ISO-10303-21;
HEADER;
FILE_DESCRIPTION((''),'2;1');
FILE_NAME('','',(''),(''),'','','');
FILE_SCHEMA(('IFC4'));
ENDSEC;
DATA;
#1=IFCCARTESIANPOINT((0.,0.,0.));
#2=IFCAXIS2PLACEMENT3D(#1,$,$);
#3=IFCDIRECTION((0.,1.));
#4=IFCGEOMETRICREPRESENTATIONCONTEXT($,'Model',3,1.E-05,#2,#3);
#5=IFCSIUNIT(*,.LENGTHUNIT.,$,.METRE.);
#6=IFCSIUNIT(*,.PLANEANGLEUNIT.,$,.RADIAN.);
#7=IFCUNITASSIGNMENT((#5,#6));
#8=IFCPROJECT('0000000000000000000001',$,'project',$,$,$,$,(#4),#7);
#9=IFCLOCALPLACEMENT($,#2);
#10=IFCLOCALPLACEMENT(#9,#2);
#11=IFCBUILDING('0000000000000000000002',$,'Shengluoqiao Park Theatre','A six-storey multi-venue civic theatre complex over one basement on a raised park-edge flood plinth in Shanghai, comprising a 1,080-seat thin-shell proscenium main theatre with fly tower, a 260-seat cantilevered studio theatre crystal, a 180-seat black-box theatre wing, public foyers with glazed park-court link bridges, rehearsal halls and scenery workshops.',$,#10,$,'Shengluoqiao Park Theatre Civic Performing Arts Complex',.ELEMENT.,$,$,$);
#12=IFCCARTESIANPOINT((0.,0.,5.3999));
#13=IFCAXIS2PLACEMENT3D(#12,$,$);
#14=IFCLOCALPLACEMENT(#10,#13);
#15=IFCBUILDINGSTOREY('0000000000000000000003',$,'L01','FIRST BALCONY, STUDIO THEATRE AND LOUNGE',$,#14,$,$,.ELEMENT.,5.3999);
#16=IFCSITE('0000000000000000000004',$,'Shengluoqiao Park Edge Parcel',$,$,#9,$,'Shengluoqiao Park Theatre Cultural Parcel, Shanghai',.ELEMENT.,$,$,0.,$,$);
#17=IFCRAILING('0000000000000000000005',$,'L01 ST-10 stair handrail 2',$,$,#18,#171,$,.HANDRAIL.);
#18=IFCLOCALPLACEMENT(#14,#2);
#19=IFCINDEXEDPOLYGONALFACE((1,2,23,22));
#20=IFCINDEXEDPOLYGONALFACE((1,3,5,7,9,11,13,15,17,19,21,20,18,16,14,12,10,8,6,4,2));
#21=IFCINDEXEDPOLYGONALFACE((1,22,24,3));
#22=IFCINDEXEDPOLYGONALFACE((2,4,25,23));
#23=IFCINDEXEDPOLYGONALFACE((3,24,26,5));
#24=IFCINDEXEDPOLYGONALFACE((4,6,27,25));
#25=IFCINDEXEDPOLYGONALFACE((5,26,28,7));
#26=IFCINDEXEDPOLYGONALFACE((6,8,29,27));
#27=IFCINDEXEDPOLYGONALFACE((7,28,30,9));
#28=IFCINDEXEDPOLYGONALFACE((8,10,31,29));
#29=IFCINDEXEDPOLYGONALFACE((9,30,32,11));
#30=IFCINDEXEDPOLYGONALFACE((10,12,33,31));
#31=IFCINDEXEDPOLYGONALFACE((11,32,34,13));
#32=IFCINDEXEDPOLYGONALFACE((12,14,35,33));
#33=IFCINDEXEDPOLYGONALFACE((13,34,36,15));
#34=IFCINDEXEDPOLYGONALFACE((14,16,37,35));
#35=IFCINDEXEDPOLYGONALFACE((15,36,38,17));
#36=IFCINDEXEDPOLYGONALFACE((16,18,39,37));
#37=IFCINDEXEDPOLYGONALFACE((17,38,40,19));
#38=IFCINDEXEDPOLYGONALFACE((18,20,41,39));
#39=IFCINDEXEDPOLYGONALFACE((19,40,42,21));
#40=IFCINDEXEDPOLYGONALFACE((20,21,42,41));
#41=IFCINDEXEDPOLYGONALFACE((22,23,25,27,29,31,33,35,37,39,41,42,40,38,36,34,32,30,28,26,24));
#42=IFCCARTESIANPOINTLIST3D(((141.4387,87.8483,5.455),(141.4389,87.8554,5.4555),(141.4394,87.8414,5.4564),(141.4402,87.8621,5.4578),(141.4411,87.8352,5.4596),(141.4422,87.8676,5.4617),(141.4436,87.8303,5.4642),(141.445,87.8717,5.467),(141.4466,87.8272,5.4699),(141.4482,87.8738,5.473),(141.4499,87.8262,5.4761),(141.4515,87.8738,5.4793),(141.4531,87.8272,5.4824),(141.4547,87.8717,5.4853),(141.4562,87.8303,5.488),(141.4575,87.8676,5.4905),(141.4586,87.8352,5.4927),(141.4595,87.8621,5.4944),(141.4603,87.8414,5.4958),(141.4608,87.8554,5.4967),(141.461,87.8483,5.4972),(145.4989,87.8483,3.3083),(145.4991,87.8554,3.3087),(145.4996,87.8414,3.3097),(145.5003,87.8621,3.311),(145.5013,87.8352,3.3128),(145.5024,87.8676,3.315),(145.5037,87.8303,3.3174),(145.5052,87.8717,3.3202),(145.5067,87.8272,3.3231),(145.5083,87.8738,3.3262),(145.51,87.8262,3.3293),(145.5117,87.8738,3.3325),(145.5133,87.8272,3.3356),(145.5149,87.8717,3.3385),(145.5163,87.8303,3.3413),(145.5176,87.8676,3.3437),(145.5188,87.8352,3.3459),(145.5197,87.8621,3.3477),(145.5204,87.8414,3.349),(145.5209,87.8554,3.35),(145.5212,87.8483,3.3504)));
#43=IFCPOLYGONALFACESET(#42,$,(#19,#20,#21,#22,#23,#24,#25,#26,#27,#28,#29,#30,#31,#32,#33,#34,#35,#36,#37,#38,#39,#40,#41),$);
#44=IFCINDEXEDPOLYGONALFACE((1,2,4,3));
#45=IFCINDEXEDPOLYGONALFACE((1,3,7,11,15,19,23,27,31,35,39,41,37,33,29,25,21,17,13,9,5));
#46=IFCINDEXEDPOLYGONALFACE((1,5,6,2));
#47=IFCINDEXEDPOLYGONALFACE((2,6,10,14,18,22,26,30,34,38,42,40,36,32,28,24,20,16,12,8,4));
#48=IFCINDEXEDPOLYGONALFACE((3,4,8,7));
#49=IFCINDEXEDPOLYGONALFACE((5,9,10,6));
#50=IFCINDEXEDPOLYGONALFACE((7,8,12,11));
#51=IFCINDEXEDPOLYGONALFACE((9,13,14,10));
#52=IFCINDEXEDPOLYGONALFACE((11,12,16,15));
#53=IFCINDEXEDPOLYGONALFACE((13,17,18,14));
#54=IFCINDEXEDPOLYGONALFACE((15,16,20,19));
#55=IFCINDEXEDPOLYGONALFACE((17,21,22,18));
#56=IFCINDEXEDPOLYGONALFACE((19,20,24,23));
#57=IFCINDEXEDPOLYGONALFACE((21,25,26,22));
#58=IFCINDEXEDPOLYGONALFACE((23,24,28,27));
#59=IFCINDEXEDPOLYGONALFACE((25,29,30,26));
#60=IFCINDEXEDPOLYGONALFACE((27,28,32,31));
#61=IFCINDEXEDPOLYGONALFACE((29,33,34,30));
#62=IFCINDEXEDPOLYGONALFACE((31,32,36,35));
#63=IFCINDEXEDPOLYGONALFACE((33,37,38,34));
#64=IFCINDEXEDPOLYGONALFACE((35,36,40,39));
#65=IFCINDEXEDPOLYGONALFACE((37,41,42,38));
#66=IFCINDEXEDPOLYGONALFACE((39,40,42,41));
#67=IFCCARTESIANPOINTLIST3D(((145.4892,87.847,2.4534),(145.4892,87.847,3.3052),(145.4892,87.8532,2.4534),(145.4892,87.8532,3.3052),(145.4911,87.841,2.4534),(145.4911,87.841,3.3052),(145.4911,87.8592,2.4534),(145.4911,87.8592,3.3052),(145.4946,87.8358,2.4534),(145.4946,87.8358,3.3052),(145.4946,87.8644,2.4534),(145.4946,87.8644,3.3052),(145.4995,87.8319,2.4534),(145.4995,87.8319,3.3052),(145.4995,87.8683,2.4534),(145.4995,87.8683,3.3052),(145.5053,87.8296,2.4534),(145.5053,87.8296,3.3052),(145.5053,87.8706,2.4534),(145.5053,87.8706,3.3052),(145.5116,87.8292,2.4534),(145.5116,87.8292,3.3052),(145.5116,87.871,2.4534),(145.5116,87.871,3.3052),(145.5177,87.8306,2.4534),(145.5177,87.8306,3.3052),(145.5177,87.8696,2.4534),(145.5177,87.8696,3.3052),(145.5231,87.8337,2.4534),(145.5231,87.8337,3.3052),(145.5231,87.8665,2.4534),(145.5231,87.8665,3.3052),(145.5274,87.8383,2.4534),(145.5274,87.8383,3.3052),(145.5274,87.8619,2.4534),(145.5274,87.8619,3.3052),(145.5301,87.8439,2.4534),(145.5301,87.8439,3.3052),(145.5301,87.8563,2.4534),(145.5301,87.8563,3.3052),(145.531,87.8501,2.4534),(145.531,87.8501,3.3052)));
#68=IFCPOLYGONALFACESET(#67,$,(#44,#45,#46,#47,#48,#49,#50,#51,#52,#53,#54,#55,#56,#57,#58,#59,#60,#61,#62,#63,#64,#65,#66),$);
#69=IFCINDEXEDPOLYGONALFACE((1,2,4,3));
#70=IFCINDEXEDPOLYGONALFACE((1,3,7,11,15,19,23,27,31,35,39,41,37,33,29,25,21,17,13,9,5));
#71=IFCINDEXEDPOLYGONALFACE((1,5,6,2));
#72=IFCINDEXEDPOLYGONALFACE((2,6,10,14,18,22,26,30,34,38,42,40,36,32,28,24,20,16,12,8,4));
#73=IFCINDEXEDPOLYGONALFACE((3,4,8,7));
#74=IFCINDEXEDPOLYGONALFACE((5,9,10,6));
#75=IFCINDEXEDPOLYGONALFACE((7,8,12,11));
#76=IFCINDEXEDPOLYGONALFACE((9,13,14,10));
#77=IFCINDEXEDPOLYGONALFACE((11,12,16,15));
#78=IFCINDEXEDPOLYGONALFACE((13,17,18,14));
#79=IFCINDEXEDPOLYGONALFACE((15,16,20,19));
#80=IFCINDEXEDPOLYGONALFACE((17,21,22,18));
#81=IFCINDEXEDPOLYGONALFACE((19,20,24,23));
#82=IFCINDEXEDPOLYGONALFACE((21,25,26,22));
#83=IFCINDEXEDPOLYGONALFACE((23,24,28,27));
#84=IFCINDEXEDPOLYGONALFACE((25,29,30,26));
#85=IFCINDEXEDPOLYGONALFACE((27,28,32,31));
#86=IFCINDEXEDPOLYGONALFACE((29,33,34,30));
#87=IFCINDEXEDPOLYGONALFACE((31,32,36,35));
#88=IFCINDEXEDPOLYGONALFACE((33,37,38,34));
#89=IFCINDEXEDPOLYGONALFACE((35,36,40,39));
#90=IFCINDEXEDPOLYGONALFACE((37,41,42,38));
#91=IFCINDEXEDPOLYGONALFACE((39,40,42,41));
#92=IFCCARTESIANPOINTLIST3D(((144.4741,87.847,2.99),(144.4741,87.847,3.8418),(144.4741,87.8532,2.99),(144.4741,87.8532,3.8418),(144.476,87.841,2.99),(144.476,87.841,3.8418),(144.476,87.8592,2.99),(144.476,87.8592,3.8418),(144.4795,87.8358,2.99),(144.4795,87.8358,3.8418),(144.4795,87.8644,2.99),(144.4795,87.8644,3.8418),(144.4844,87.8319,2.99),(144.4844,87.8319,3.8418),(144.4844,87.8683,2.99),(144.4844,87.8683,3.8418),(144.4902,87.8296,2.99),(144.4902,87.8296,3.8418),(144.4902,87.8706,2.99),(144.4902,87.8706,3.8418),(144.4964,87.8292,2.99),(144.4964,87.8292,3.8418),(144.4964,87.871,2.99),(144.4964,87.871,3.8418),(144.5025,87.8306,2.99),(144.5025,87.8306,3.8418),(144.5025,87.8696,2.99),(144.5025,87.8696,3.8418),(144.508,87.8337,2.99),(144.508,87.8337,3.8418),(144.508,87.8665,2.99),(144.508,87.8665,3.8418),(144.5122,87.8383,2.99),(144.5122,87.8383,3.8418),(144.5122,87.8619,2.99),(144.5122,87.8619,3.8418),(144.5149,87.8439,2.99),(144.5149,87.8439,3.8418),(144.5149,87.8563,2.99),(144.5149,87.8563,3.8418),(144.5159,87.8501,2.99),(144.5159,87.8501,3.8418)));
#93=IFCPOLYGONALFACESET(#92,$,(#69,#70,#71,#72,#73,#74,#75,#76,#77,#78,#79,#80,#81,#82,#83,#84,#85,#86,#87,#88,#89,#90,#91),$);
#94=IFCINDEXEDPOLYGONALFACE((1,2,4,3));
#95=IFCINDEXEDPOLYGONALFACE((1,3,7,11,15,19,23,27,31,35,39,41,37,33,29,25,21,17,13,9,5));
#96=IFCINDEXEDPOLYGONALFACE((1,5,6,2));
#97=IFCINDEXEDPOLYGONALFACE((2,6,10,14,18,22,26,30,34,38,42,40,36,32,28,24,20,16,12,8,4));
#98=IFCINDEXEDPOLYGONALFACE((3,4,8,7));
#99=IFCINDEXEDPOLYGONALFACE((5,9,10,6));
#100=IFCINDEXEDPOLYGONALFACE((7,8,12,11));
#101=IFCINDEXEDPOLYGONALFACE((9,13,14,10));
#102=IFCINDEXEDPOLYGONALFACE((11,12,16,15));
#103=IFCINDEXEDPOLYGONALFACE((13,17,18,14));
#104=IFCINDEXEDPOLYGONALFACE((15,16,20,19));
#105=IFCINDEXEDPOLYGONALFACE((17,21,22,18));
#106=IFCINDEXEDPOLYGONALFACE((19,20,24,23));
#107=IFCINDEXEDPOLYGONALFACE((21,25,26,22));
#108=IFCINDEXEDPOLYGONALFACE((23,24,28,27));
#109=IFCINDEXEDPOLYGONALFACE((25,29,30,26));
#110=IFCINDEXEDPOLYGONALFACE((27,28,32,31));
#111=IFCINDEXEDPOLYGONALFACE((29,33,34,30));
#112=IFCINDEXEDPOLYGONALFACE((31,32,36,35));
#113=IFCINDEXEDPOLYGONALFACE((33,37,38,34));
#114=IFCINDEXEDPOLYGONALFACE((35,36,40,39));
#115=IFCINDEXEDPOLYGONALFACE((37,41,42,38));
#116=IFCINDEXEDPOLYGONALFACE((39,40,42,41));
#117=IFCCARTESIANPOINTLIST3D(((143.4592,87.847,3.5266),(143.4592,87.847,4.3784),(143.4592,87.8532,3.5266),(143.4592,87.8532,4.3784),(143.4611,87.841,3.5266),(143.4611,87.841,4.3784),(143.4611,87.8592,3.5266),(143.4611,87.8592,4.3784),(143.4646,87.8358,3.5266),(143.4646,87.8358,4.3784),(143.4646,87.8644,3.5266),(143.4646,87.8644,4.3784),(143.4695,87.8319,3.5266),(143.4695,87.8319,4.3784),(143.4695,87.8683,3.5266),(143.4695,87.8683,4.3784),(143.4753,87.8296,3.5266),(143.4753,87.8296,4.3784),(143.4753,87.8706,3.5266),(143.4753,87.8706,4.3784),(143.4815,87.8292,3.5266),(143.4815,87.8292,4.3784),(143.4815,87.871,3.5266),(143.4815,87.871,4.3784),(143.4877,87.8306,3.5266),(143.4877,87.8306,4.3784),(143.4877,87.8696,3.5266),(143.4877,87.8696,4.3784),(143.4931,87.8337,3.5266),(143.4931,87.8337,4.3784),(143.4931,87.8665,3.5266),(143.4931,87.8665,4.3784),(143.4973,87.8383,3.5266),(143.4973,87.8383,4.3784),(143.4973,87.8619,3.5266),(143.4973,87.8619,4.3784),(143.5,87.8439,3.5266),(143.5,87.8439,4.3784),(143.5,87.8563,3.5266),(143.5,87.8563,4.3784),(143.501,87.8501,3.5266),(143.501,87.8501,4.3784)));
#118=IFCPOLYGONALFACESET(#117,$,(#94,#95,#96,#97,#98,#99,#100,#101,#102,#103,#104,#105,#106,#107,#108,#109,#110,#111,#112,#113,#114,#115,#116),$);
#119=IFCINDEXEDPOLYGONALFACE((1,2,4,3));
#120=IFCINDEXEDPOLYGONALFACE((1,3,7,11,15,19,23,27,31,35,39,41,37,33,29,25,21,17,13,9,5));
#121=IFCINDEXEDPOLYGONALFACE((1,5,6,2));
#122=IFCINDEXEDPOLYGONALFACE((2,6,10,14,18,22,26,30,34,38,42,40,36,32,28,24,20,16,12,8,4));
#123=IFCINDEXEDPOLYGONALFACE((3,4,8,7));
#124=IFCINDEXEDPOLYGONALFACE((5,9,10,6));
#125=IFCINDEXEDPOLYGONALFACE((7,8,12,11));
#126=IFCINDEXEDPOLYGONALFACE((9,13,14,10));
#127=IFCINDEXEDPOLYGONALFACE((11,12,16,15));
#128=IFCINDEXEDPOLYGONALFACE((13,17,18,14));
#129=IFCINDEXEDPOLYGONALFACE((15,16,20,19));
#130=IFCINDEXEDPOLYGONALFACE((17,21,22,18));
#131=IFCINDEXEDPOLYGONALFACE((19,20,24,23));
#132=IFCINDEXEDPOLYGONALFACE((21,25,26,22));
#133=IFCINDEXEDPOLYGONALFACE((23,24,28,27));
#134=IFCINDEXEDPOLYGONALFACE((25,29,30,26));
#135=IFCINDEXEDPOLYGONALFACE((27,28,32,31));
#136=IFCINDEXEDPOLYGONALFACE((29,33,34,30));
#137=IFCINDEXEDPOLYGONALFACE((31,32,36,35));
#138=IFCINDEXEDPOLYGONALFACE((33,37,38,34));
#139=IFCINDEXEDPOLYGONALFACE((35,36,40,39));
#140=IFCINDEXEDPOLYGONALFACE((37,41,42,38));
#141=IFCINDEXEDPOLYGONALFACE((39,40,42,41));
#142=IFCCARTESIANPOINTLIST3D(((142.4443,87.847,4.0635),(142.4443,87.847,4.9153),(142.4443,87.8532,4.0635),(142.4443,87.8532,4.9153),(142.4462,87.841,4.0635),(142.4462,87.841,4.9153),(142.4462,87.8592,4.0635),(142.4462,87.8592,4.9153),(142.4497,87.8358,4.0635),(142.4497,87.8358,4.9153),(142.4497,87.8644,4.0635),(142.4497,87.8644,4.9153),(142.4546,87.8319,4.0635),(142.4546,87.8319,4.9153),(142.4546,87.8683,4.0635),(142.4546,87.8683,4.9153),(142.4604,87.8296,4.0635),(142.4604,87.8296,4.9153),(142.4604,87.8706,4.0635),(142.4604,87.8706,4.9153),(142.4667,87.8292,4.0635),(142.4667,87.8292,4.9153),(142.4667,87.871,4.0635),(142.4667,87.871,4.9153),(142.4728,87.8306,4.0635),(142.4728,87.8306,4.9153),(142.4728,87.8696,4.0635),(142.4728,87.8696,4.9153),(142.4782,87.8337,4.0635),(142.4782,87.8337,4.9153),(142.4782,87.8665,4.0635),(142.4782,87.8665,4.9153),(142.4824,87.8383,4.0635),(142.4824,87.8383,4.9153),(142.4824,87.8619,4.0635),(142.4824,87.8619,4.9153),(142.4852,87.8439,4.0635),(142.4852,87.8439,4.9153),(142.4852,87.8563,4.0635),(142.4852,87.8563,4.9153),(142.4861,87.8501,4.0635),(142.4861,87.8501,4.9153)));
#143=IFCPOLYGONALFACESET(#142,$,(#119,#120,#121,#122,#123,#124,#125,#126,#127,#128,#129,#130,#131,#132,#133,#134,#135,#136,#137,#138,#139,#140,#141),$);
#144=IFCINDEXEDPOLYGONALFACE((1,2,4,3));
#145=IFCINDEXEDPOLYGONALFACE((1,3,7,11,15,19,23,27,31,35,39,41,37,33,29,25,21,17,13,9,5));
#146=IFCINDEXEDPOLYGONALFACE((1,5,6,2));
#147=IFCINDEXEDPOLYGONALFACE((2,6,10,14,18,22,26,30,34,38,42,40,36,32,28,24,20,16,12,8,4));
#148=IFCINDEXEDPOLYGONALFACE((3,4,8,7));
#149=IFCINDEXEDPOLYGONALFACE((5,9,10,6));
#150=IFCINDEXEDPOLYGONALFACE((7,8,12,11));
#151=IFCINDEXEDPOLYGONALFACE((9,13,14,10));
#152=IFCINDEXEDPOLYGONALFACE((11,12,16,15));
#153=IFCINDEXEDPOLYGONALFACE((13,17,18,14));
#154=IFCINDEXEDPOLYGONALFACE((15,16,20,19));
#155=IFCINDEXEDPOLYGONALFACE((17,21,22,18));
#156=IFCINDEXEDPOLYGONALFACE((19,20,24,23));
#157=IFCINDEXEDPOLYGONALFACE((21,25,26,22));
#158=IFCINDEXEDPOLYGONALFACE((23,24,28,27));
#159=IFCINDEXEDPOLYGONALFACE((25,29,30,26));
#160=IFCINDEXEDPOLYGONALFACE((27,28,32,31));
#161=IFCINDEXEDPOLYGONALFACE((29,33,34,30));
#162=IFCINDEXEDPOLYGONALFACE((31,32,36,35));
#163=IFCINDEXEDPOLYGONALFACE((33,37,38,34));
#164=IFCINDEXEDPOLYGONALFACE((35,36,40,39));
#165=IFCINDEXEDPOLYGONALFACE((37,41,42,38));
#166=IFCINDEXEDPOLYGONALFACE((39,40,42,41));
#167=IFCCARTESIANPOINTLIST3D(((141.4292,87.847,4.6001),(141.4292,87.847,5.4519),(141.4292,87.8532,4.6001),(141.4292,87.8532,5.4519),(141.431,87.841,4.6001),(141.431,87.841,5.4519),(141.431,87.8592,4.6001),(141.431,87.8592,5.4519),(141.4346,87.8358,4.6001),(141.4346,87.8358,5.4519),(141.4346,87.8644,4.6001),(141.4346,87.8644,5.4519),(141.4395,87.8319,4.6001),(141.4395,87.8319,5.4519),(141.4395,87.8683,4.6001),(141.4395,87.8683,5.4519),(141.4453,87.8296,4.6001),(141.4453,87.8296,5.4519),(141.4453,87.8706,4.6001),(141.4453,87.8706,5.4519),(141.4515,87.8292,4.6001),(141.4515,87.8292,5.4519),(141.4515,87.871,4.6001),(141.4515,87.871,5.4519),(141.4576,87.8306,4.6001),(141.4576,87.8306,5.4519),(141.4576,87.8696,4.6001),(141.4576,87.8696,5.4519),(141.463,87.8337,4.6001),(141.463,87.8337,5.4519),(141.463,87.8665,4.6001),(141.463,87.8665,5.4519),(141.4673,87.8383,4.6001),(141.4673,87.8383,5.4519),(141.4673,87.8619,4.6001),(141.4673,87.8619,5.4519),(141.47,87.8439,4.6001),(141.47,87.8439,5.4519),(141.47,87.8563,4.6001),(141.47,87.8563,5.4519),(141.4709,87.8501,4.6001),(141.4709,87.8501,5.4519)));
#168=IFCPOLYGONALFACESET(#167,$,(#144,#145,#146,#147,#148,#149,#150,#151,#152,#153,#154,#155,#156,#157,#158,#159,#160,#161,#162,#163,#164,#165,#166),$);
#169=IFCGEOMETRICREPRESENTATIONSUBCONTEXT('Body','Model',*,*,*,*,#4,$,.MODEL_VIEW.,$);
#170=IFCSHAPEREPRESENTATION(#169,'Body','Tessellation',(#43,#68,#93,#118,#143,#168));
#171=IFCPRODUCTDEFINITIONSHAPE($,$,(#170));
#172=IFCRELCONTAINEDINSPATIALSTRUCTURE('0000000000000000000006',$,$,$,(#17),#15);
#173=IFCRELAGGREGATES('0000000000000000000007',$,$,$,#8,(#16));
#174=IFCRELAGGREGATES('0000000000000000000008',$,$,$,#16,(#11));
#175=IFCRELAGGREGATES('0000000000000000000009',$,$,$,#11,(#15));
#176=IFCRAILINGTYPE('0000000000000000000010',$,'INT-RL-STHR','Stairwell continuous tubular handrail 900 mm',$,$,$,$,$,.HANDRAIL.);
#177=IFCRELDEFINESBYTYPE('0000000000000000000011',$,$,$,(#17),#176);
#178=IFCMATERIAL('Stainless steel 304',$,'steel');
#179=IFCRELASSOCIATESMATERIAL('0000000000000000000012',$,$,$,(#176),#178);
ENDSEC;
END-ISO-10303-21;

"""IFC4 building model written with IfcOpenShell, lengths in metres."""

from ifc_helpers import new_model, si_unit, direction, frame, origin, origin_2d, place, context, subcontext, project, spatial, circle, extrude, material, type_object, element, save


model = new_model("IFC4")

# Units and contexts
model_context = context("Model", 3, precision=1e-05, world=origin(), true_north=direction((0.0, 1.0)))
body_context = subcontext(model_context, "Body", "Model", "MODEL_VIEW")
ifc_project = project(units=[si_unit("LENGTHUNIT", "METRE"), si_unit("PLANEANGLEUNIT", "RADIAN")], contexts=[model_context])

# Site, building, storey
site_placement = place(None, origin())
site = spatial("IfcSite", under=ifc_project, at=site_placement, Name="Shengluoqiao Park Edge Parcel", LongName="Shengluoqiao Park Theatre Cultural Parcel, Shanghai", CompositionType="ELEMENT", RefElevation=0.0)
building_placement = place(site_placement, origin())
building = spatial("IfcBuilding", under=site, at=building_placement, Name="Shengluoqiao Park Theatre", Description="A six-storey multi-venue civic theatre complex over one basement on a raised park-edge flood plinth in Shanghai, comprising a 1,080-seat thin-shell proscenium main theatre with fly tower, a 260-seat cantilevered studio theatre crystal, a 180-seat black-box theatre wing, public foyers with glazed park-court link bridges, rehearsal halls and scenery workshops.", LongName="Shengluoqiao Park Theatre Civic Performing Arts Complex", CompositionType="ELEMENT")
storey_placement = place(building_placement, frame((0.0, 0.0, 5.3999)))
storey = spatial("IfcBuildingStorey", under=building, at=storey_placement, Name="L01", Description="FIRST BALCONY, STUDIO THEATRE AND LOUNGE", CompositionType="ELEMENT", Elevation=5.3999)

# Railing
ifc_material_1 = material(Name="Stainless steel 304", Category="steel")
railing_type_1 = type_object("IfcRailingType", Name="INT-RL-STHR", Description="Stairwell continuous tubular handrail 900 mm", PredefinedType="HANDRAIL", material=ifc_material_1)
railing_1_placement = place(storey_placement, frame((145.51, 87.8501, 2.4534)))
element("IfcRailing", 1, at=railing_1_placement, inside=storey, type_object=railing_type_1, Name="L01 ST-10 stair handrail 2", PredefinedType="HANDRAIL", context=body_context, shape_type="SweptSolid", body=[
    extrude(circle(Radius=0.0239, at=origin_2d()), frame((0.0, 0.0, 0.876), z_axis=(-0.884032, 0.0, 0.467426), x_axis=(0.0, -1.0, 0.0)), (0.0, 0.0, 1.0), 4.5928),
    extrude(circle(Radius=0.021, at=origin_2d()), origin(), (0.0, 0.0, 1.0), 0.8518),
    extrude(circle(Radius=0.021, at=origin_2d()), frame((-1.0151, 0.0, 0.5366)), (0.0, 0.0, 1.0), 0.8518),
    extrude(circle(Radius=0.021, at=origin_2d()), frame((-2.03, 0.0, 1.0732)), (0.0, 0.0, 1.0), 0.8518),
    extrude(circle(Radius=0.021, at=origin_2d()), frame((-3.0449, 0.0, 1.6101)), (0.0, 0.0, 1.0), 0.8518),
    extrude(circle(Radius=0.021, at=origin_2d()), frame((-4.0601, 0.0, 2.1467)), (0.0, 0.0, 1.0), 0.8518),
])

save(model, "model.ifc")
